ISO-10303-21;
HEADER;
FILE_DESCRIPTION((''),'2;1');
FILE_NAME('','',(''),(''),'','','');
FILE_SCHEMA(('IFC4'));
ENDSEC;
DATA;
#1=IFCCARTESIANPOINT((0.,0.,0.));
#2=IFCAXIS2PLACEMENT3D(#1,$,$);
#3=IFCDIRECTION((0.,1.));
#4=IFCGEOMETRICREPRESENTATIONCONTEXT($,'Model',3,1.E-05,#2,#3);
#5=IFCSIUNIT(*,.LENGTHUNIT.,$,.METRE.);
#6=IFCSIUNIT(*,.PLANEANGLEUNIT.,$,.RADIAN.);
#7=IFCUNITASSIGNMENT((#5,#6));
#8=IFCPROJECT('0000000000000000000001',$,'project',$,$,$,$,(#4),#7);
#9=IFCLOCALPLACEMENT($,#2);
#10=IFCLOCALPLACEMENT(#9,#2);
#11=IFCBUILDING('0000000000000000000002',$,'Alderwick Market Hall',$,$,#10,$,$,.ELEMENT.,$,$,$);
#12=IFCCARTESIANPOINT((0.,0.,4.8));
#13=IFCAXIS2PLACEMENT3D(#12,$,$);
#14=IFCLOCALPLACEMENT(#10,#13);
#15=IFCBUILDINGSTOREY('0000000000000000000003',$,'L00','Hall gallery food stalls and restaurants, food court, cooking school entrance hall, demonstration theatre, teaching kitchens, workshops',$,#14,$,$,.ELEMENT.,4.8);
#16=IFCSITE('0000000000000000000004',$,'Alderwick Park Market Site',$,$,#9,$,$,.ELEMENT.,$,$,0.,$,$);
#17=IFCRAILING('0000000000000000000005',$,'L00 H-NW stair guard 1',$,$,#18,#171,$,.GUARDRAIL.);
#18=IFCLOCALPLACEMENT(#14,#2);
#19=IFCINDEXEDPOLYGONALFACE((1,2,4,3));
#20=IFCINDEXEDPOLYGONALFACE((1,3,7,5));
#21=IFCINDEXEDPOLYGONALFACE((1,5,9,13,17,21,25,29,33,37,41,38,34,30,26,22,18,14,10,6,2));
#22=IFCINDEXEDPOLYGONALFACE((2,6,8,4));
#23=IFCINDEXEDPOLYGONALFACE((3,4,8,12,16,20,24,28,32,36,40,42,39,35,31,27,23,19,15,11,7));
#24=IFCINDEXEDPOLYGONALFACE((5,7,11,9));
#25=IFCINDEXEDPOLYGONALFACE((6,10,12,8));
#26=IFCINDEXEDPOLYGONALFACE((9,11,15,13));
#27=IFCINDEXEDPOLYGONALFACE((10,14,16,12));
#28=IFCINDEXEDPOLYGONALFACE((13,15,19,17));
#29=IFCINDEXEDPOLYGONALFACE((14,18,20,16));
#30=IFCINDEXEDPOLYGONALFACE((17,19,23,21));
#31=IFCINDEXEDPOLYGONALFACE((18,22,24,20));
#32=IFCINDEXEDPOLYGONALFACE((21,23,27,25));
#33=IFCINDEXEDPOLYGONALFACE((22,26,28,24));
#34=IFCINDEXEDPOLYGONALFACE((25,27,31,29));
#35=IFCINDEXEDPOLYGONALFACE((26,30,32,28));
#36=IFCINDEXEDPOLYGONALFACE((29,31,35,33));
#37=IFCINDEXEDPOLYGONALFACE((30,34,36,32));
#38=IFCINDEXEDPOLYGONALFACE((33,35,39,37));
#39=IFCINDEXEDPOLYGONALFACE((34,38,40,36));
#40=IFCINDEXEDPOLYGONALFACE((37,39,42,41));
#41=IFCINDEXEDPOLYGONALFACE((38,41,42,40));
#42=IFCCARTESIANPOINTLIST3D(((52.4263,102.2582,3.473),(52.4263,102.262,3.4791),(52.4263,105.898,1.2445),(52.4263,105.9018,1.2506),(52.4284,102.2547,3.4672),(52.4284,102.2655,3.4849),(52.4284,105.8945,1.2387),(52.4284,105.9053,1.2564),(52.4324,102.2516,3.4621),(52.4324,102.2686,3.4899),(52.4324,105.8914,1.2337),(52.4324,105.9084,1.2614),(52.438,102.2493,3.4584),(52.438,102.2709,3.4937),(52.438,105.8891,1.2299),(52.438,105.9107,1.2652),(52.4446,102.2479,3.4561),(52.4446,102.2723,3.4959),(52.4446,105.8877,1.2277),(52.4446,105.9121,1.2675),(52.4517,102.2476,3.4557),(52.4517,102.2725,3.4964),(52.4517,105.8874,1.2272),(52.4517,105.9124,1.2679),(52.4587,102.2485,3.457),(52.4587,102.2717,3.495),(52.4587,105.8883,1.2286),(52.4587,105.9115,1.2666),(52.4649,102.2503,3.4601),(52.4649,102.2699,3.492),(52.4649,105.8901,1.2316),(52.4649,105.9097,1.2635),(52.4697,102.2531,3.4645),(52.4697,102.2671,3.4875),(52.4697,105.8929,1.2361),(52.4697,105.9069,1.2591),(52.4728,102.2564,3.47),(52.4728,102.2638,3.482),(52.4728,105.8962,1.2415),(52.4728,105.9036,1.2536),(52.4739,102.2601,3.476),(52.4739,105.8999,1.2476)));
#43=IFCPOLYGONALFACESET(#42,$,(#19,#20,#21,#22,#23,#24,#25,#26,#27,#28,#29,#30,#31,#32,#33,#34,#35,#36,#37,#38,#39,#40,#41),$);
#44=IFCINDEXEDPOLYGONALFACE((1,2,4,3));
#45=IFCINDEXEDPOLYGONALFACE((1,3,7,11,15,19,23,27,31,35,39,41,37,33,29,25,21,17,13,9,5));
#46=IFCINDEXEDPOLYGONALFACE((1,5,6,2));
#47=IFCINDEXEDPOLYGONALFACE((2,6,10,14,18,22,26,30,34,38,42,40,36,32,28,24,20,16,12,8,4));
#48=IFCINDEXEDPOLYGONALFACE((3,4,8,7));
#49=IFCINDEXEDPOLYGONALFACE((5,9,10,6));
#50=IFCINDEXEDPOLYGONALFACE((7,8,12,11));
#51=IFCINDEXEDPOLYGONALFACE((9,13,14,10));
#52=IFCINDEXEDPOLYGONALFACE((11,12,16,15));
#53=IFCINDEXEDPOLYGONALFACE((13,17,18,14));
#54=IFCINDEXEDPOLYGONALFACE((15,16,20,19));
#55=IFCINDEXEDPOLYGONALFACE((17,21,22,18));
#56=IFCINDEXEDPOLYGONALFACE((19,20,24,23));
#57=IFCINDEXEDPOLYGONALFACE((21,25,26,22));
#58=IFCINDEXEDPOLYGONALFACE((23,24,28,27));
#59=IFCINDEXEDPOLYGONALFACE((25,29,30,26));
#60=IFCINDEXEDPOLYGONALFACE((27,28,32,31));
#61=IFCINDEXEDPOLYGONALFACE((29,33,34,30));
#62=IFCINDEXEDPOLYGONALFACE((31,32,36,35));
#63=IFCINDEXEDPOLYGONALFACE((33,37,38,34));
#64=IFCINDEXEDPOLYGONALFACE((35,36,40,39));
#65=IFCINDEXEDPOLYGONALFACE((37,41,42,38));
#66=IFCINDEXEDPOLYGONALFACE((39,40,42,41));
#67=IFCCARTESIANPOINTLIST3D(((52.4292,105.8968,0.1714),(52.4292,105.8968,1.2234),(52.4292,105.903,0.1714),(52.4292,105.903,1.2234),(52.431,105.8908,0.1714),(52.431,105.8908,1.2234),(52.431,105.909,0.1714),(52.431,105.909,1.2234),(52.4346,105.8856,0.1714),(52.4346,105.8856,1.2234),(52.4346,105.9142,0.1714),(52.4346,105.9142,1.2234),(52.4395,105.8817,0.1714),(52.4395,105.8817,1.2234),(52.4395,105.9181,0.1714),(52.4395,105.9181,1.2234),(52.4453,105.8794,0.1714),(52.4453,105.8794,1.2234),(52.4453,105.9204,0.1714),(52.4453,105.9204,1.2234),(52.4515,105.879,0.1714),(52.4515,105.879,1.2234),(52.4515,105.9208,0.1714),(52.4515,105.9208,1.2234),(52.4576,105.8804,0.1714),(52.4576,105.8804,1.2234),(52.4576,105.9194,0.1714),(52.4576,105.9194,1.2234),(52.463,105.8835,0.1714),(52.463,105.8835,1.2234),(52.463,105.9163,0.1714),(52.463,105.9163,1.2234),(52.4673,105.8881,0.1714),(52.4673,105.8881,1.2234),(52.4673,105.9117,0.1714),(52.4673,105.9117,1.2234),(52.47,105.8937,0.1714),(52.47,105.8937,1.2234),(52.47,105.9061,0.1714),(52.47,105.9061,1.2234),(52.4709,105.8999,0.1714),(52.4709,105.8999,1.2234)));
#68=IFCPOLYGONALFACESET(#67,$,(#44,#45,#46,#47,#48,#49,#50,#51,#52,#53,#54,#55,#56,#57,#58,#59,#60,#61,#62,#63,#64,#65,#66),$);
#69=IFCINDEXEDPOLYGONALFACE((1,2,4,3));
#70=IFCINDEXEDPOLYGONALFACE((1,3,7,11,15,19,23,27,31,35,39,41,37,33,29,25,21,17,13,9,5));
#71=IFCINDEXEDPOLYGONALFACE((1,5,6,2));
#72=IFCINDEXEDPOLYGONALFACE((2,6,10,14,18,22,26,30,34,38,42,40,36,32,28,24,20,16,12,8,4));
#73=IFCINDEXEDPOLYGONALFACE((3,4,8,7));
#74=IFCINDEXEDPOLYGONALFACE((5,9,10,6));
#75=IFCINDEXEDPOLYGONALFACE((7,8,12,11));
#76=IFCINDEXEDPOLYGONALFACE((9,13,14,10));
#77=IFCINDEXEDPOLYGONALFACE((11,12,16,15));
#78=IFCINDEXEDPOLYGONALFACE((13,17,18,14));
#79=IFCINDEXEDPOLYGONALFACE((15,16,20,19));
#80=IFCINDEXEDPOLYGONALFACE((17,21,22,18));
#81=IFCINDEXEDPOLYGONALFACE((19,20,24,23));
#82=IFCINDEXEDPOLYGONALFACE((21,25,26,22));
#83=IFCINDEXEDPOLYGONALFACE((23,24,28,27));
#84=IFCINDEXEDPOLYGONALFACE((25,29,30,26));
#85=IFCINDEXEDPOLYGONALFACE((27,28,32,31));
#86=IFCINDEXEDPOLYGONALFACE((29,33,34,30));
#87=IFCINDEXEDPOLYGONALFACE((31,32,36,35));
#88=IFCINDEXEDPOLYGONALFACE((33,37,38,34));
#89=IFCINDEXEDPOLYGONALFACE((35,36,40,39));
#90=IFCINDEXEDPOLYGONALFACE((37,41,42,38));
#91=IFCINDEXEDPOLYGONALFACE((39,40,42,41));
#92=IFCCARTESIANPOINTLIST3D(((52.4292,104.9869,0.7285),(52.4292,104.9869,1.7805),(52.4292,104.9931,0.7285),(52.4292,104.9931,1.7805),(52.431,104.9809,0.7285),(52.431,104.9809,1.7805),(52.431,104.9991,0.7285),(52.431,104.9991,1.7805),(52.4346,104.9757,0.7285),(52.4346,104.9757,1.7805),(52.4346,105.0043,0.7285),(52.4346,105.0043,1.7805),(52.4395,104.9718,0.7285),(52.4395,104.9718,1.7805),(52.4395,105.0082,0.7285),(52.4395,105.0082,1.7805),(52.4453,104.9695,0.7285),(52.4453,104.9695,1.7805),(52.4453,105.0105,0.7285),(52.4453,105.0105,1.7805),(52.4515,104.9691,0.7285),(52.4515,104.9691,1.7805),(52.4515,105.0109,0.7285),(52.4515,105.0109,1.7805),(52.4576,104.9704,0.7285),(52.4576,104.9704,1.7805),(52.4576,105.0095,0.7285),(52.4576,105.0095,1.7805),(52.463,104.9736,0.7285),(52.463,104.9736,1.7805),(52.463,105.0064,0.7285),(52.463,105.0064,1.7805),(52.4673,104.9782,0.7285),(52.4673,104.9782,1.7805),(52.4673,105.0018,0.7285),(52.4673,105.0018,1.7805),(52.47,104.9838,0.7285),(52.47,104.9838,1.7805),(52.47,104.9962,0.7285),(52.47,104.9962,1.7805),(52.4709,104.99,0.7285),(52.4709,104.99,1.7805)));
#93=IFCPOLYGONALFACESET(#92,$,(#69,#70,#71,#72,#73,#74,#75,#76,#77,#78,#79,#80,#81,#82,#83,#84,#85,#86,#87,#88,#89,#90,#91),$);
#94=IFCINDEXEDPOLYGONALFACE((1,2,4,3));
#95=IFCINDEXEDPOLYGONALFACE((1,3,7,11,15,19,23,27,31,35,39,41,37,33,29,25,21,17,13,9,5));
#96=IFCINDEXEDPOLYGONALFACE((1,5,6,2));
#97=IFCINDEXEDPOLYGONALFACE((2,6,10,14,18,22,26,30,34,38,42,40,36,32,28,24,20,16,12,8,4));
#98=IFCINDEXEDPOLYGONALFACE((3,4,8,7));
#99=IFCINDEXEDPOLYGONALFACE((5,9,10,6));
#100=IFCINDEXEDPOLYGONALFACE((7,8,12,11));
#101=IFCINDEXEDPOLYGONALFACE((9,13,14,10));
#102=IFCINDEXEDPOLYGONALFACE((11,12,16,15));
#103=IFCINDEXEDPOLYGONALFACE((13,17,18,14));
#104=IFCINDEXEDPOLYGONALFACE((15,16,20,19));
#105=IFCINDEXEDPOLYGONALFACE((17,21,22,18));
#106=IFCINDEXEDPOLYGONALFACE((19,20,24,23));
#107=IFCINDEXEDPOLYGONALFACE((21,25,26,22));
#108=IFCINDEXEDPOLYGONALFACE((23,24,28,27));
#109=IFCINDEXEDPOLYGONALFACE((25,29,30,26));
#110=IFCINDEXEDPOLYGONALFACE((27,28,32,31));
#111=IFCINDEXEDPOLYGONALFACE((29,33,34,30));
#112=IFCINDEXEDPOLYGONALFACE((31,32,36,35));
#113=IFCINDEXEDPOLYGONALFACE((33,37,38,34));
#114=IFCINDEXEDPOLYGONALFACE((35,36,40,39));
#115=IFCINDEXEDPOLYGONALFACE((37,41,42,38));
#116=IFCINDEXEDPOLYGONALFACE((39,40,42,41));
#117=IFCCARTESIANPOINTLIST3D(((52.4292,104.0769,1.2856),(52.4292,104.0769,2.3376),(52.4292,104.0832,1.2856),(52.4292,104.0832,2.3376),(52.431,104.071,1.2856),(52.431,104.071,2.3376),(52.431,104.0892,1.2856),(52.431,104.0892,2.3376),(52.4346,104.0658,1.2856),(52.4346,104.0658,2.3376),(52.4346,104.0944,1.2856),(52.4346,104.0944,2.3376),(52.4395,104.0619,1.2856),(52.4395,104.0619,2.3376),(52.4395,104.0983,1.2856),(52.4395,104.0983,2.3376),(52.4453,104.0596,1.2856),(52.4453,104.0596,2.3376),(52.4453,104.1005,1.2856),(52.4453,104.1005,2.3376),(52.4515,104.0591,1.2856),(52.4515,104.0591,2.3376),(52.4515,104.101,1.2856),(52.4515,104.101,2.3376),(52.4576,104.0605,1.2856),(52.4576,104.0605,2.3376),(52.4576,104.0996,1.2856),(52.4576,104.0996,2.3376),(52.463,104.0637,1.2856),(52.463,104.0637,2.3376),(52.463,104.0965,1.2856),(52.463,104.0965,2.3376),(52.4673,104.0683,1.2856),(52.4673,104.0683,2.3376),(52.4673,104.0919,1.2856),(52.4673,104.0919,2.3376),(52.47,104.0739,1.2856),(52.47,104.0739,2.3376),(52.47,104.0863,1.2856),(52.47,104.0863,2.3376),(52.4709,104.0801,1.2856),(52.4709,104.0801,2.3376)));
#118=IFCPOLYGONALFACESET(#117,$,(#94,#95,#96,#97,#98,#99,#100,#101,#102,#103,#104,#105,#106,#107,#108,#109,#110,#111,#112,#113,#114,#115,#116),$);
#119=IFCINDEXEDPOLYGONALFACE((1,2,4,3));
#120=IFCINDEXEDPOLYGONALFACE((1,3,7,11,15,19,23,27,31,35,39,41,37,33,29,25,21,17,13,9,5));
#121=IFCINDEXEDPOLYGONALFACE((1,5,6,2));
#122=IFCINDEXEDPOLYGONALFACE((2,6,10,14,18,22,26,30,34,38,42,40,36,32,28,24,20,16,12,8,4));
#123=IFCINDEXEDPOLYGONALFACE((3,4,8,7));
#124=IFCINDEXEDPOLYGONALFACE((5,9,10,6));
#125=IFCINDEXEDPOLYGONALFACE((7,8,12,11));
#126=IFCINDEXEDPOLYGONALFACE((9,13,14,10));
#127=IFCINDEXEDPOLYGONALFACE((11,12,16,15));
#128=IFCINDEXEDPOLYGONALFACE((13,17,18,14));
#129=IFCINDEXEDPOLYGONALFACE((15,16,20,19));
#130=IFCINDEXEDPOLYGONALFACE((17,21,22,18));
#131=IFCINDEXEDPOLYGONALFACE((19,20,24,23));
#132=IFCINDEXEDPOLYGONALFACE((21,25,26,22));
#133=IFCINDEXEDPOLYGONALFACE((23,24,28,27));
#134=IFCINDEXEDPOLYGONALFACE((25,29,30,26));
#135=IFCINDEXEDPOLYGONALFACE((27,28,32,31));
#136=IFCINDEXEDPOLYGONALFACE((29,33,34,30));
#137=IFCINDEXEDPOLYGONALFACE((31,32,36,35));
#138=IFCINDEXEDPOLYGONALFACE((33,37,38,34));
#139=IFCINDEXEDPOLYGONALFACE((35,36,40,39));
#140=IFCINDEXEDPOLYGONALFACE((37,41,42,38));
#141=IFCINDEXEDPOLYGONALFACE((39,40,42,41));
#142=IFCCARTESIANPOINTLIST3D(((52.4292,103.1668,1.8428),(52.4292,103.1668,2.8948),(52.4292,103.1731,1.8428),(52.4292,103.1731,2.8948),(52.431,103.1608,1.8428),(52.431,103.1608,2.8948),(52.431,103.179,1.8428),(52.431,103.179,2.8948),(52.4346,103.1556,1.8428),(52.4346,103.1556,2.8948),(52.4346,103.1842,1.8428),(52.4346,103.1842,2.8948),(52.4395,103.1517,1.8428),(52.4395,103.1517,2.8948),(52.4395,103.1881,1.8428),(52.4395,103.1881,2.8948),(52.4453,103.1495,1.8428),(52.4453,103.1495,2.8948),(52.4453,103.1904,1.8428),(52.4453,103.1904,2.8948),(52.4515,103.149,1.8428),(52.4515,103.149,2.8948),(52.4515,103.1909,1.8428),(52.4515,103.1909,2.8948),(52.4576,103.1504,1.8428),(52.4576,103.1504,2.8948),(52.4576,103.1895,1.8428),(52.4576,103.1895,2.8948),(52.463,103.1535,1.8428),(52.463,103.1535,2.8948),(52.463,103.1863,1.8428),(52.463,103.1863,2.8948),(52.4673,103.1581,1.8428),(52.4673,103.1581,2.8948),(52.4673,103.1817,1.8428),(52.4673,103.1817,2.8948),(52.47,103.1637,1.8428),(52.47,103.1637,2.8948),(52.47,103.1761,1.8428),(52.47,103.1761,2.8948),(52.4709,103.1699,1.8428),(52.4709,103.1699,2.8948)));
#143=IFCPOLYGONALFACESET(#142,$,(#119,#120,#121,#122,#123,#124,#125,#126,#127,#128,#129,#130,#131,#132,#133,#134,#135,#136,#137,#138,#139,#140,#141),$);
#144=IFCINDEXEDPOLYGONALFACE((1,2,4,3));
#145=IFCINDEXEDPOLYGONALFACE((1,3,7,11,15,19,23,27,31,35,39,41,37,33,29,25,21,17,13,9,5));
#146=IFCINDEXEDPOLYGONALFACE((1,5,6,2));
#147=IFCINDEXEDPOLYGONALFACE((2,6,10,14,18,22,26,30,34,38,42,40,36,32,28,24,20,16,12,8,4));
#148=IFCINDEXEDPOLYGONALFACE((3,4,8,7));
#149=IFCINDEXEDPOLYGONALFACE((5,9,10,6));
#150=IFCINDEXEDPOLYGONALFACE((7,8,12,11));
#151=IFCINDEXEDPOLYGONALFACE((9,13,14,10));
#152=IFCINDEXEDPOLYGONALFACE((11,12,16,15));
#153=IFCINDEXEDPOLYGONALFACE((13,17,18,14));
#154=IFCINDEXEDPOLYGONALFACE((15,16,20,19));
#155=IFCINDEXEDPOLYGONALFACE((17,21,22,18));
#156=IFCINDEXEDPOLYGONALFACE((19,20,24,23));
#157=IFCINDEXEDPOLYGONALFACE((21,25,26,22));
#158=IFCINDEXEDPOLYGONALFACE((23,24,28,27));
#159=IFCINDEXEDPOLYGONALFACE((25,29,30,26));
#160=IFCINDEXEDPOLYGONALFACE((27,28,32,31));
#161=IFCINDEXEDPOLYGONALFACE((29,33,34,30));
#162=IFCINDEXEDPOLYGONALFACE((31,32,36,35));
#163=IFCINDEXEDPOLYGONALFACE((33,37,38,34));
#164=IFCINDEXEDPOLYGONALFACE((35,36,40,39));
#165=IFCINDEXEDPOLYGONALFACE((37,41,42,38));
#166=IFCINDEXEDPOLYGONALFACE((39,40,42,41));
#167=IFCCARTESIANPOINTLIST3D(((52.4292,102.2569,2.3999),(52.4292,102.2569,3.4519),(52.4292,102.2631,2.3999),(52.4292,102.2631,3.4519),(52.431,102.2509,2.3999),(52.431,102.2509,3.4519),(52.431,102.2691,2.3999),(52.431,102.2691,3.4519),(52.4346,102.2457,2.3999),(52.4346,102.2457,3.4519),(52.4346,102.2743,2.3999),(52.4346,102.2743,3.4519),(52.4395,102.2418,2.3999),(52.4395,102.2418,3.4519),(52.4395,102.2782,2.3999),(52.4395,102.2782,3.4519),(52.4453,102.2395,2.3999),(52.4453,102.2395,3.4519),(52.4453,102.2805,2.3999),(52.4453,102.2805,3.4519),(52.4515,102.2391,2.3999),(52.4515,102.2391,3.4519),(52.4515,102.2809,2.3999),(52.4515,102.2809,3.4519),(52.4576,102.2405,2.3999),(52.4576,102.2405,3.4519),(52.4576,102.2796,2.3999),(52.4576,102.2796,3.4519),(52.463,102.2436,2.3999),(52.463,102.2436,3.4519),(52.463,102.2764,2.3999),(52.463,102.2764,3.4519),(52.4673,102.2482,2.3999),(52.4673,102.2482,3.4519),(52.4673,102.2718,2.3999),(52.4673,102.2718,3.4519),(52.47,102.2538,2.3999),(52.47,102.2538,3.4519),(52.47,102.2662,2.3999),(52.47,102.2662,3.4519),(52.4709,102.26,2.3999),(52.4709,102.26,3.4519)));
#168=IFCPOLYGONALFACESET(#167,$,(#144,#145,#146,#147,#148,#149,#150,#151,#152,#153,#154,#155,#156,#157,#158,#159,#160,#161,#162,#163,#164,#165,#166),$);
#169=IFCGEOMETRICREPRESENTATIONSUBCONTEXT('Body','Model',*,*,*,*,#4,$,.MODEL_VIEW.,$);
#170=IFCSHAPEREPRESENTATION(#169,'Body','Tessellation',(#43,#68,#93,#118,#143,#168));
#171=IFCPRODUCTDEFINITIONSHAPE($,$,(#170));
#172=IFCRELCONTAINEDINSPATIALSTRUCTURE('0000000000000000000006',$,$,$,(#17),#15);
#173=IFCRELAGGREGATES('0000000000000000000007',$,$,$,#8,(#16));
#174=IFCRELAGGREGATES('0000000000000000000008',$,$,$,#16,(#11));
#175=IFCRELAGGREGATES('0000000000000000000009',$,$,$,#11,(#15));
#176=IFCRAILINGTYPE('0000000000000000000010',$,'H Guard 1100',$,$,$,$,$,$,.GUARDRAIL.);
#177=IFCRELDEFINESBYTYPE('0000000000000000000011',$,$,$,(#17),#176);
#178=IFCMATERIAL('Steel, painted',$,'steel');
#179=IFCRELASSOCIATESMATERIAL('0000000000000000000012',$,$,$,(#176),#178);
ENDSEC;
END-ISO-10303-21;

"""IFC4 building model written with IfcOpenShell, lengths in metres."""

from ifc_helpers import new_model, si_unit, direction, frame, origin, origin_2d, place, context, subcontext, project, spatial, circle, extrude, material, type_object, element, save


model = new_model("IFC4")

# Units and contexts
model_context = context("Model", 3, precision=1e-05, world=origin(), true_north=direction((0.0, 1.0)))
body_context = subcontext(model_context, "Body", "Model", "MODEL_VIEW")
ifc_project = project(units=[si_unit("LENGTHUNIT", "METRE"), si_unit("PLANEANGLEUNIT", "RADIAN")], contexts=[model_context])

# Site, building, storey
site_placement = place(None, origin())
site = spatial("IfcSite", under=ifc_project, at=site_placement, Name="Alderwick Park Market Site", CompositionType="ELEMENT", RefElevation=0.0)
building_placement = place(site_placement, origin())
building = spatial("IfcBuilding", under=site, at=building_placement, Name="Alderwick Market Hall", CompositionType="ELEMENT")
storey_placement = place(building_placement, frame((0.0, 0.0, 4.8)))
storey = spatial("IfcBuildingStorey", under=building, at=storey_placement, Name="L00", Description="Hall gallery food stalls and restaurants, food court, cooking school entrance hall, demonstration theatre, teaching kitchens, workshops", CompositionType="ELEMENT", Elevation=4.8)

# Railing
ifc_material_1 = material(Name="Steel, painted", Category="steel")
railing_type_1 = type_object("IfcRailingType", Name="H Guard 1100", PredefinedType="GUARDRAIL", material=ifc_material_1)
railing_1_placement = place(storey_placement, frame((52.45, 105.8999, 0.1714)))
element("IfcRailing", 1, at=railing_1_placement, inside=storey, type_object=railing_type_1, Name="L00 H-NW stair guard 1", PredefinedType="GUARDRAIL", context=body_context, shape_type="SweptSolid", body=[
    extrude(circle(Radius=0.0239, at=origin_2d()), frame((0.0, 0.0, 1.0762), z_axis=(0.0, -0.85285, 0.522156), x_axis=(1.0, 0.0, 0.0)), (0.0, 0.0, 1.0), 4.2678),
    extrude(circle(Radius=0.021, at=origin_2d()), origin(), (0.0, 0.0, 1.0), 1.052),
    extrude(circle(Radius=0.021, at=origin_2d()), frame((0.0, -0.9099, 0.5571)), (0.0, 0.0, 1.0), 1.052),
    extrude(circle(Radius=0.021, at=origin_2d()), frame((0.0, -1.8198, 1.1143)), (0.0, 0.0, 1.0), 1.052),
    extrude(circle(Radius=0.021, at=origin_2d()), frame((0.0, -2.73, 1.6714)), (0.0, 0.0, 1.0), 1.052),
    extrude(circle(Radius=0.021, at=origin_2d()), frame((0.0, -3.6399, 2.2285)), (0.0, 0.0, 1.0), 1.052),
])

save(model, "model.ifc")
